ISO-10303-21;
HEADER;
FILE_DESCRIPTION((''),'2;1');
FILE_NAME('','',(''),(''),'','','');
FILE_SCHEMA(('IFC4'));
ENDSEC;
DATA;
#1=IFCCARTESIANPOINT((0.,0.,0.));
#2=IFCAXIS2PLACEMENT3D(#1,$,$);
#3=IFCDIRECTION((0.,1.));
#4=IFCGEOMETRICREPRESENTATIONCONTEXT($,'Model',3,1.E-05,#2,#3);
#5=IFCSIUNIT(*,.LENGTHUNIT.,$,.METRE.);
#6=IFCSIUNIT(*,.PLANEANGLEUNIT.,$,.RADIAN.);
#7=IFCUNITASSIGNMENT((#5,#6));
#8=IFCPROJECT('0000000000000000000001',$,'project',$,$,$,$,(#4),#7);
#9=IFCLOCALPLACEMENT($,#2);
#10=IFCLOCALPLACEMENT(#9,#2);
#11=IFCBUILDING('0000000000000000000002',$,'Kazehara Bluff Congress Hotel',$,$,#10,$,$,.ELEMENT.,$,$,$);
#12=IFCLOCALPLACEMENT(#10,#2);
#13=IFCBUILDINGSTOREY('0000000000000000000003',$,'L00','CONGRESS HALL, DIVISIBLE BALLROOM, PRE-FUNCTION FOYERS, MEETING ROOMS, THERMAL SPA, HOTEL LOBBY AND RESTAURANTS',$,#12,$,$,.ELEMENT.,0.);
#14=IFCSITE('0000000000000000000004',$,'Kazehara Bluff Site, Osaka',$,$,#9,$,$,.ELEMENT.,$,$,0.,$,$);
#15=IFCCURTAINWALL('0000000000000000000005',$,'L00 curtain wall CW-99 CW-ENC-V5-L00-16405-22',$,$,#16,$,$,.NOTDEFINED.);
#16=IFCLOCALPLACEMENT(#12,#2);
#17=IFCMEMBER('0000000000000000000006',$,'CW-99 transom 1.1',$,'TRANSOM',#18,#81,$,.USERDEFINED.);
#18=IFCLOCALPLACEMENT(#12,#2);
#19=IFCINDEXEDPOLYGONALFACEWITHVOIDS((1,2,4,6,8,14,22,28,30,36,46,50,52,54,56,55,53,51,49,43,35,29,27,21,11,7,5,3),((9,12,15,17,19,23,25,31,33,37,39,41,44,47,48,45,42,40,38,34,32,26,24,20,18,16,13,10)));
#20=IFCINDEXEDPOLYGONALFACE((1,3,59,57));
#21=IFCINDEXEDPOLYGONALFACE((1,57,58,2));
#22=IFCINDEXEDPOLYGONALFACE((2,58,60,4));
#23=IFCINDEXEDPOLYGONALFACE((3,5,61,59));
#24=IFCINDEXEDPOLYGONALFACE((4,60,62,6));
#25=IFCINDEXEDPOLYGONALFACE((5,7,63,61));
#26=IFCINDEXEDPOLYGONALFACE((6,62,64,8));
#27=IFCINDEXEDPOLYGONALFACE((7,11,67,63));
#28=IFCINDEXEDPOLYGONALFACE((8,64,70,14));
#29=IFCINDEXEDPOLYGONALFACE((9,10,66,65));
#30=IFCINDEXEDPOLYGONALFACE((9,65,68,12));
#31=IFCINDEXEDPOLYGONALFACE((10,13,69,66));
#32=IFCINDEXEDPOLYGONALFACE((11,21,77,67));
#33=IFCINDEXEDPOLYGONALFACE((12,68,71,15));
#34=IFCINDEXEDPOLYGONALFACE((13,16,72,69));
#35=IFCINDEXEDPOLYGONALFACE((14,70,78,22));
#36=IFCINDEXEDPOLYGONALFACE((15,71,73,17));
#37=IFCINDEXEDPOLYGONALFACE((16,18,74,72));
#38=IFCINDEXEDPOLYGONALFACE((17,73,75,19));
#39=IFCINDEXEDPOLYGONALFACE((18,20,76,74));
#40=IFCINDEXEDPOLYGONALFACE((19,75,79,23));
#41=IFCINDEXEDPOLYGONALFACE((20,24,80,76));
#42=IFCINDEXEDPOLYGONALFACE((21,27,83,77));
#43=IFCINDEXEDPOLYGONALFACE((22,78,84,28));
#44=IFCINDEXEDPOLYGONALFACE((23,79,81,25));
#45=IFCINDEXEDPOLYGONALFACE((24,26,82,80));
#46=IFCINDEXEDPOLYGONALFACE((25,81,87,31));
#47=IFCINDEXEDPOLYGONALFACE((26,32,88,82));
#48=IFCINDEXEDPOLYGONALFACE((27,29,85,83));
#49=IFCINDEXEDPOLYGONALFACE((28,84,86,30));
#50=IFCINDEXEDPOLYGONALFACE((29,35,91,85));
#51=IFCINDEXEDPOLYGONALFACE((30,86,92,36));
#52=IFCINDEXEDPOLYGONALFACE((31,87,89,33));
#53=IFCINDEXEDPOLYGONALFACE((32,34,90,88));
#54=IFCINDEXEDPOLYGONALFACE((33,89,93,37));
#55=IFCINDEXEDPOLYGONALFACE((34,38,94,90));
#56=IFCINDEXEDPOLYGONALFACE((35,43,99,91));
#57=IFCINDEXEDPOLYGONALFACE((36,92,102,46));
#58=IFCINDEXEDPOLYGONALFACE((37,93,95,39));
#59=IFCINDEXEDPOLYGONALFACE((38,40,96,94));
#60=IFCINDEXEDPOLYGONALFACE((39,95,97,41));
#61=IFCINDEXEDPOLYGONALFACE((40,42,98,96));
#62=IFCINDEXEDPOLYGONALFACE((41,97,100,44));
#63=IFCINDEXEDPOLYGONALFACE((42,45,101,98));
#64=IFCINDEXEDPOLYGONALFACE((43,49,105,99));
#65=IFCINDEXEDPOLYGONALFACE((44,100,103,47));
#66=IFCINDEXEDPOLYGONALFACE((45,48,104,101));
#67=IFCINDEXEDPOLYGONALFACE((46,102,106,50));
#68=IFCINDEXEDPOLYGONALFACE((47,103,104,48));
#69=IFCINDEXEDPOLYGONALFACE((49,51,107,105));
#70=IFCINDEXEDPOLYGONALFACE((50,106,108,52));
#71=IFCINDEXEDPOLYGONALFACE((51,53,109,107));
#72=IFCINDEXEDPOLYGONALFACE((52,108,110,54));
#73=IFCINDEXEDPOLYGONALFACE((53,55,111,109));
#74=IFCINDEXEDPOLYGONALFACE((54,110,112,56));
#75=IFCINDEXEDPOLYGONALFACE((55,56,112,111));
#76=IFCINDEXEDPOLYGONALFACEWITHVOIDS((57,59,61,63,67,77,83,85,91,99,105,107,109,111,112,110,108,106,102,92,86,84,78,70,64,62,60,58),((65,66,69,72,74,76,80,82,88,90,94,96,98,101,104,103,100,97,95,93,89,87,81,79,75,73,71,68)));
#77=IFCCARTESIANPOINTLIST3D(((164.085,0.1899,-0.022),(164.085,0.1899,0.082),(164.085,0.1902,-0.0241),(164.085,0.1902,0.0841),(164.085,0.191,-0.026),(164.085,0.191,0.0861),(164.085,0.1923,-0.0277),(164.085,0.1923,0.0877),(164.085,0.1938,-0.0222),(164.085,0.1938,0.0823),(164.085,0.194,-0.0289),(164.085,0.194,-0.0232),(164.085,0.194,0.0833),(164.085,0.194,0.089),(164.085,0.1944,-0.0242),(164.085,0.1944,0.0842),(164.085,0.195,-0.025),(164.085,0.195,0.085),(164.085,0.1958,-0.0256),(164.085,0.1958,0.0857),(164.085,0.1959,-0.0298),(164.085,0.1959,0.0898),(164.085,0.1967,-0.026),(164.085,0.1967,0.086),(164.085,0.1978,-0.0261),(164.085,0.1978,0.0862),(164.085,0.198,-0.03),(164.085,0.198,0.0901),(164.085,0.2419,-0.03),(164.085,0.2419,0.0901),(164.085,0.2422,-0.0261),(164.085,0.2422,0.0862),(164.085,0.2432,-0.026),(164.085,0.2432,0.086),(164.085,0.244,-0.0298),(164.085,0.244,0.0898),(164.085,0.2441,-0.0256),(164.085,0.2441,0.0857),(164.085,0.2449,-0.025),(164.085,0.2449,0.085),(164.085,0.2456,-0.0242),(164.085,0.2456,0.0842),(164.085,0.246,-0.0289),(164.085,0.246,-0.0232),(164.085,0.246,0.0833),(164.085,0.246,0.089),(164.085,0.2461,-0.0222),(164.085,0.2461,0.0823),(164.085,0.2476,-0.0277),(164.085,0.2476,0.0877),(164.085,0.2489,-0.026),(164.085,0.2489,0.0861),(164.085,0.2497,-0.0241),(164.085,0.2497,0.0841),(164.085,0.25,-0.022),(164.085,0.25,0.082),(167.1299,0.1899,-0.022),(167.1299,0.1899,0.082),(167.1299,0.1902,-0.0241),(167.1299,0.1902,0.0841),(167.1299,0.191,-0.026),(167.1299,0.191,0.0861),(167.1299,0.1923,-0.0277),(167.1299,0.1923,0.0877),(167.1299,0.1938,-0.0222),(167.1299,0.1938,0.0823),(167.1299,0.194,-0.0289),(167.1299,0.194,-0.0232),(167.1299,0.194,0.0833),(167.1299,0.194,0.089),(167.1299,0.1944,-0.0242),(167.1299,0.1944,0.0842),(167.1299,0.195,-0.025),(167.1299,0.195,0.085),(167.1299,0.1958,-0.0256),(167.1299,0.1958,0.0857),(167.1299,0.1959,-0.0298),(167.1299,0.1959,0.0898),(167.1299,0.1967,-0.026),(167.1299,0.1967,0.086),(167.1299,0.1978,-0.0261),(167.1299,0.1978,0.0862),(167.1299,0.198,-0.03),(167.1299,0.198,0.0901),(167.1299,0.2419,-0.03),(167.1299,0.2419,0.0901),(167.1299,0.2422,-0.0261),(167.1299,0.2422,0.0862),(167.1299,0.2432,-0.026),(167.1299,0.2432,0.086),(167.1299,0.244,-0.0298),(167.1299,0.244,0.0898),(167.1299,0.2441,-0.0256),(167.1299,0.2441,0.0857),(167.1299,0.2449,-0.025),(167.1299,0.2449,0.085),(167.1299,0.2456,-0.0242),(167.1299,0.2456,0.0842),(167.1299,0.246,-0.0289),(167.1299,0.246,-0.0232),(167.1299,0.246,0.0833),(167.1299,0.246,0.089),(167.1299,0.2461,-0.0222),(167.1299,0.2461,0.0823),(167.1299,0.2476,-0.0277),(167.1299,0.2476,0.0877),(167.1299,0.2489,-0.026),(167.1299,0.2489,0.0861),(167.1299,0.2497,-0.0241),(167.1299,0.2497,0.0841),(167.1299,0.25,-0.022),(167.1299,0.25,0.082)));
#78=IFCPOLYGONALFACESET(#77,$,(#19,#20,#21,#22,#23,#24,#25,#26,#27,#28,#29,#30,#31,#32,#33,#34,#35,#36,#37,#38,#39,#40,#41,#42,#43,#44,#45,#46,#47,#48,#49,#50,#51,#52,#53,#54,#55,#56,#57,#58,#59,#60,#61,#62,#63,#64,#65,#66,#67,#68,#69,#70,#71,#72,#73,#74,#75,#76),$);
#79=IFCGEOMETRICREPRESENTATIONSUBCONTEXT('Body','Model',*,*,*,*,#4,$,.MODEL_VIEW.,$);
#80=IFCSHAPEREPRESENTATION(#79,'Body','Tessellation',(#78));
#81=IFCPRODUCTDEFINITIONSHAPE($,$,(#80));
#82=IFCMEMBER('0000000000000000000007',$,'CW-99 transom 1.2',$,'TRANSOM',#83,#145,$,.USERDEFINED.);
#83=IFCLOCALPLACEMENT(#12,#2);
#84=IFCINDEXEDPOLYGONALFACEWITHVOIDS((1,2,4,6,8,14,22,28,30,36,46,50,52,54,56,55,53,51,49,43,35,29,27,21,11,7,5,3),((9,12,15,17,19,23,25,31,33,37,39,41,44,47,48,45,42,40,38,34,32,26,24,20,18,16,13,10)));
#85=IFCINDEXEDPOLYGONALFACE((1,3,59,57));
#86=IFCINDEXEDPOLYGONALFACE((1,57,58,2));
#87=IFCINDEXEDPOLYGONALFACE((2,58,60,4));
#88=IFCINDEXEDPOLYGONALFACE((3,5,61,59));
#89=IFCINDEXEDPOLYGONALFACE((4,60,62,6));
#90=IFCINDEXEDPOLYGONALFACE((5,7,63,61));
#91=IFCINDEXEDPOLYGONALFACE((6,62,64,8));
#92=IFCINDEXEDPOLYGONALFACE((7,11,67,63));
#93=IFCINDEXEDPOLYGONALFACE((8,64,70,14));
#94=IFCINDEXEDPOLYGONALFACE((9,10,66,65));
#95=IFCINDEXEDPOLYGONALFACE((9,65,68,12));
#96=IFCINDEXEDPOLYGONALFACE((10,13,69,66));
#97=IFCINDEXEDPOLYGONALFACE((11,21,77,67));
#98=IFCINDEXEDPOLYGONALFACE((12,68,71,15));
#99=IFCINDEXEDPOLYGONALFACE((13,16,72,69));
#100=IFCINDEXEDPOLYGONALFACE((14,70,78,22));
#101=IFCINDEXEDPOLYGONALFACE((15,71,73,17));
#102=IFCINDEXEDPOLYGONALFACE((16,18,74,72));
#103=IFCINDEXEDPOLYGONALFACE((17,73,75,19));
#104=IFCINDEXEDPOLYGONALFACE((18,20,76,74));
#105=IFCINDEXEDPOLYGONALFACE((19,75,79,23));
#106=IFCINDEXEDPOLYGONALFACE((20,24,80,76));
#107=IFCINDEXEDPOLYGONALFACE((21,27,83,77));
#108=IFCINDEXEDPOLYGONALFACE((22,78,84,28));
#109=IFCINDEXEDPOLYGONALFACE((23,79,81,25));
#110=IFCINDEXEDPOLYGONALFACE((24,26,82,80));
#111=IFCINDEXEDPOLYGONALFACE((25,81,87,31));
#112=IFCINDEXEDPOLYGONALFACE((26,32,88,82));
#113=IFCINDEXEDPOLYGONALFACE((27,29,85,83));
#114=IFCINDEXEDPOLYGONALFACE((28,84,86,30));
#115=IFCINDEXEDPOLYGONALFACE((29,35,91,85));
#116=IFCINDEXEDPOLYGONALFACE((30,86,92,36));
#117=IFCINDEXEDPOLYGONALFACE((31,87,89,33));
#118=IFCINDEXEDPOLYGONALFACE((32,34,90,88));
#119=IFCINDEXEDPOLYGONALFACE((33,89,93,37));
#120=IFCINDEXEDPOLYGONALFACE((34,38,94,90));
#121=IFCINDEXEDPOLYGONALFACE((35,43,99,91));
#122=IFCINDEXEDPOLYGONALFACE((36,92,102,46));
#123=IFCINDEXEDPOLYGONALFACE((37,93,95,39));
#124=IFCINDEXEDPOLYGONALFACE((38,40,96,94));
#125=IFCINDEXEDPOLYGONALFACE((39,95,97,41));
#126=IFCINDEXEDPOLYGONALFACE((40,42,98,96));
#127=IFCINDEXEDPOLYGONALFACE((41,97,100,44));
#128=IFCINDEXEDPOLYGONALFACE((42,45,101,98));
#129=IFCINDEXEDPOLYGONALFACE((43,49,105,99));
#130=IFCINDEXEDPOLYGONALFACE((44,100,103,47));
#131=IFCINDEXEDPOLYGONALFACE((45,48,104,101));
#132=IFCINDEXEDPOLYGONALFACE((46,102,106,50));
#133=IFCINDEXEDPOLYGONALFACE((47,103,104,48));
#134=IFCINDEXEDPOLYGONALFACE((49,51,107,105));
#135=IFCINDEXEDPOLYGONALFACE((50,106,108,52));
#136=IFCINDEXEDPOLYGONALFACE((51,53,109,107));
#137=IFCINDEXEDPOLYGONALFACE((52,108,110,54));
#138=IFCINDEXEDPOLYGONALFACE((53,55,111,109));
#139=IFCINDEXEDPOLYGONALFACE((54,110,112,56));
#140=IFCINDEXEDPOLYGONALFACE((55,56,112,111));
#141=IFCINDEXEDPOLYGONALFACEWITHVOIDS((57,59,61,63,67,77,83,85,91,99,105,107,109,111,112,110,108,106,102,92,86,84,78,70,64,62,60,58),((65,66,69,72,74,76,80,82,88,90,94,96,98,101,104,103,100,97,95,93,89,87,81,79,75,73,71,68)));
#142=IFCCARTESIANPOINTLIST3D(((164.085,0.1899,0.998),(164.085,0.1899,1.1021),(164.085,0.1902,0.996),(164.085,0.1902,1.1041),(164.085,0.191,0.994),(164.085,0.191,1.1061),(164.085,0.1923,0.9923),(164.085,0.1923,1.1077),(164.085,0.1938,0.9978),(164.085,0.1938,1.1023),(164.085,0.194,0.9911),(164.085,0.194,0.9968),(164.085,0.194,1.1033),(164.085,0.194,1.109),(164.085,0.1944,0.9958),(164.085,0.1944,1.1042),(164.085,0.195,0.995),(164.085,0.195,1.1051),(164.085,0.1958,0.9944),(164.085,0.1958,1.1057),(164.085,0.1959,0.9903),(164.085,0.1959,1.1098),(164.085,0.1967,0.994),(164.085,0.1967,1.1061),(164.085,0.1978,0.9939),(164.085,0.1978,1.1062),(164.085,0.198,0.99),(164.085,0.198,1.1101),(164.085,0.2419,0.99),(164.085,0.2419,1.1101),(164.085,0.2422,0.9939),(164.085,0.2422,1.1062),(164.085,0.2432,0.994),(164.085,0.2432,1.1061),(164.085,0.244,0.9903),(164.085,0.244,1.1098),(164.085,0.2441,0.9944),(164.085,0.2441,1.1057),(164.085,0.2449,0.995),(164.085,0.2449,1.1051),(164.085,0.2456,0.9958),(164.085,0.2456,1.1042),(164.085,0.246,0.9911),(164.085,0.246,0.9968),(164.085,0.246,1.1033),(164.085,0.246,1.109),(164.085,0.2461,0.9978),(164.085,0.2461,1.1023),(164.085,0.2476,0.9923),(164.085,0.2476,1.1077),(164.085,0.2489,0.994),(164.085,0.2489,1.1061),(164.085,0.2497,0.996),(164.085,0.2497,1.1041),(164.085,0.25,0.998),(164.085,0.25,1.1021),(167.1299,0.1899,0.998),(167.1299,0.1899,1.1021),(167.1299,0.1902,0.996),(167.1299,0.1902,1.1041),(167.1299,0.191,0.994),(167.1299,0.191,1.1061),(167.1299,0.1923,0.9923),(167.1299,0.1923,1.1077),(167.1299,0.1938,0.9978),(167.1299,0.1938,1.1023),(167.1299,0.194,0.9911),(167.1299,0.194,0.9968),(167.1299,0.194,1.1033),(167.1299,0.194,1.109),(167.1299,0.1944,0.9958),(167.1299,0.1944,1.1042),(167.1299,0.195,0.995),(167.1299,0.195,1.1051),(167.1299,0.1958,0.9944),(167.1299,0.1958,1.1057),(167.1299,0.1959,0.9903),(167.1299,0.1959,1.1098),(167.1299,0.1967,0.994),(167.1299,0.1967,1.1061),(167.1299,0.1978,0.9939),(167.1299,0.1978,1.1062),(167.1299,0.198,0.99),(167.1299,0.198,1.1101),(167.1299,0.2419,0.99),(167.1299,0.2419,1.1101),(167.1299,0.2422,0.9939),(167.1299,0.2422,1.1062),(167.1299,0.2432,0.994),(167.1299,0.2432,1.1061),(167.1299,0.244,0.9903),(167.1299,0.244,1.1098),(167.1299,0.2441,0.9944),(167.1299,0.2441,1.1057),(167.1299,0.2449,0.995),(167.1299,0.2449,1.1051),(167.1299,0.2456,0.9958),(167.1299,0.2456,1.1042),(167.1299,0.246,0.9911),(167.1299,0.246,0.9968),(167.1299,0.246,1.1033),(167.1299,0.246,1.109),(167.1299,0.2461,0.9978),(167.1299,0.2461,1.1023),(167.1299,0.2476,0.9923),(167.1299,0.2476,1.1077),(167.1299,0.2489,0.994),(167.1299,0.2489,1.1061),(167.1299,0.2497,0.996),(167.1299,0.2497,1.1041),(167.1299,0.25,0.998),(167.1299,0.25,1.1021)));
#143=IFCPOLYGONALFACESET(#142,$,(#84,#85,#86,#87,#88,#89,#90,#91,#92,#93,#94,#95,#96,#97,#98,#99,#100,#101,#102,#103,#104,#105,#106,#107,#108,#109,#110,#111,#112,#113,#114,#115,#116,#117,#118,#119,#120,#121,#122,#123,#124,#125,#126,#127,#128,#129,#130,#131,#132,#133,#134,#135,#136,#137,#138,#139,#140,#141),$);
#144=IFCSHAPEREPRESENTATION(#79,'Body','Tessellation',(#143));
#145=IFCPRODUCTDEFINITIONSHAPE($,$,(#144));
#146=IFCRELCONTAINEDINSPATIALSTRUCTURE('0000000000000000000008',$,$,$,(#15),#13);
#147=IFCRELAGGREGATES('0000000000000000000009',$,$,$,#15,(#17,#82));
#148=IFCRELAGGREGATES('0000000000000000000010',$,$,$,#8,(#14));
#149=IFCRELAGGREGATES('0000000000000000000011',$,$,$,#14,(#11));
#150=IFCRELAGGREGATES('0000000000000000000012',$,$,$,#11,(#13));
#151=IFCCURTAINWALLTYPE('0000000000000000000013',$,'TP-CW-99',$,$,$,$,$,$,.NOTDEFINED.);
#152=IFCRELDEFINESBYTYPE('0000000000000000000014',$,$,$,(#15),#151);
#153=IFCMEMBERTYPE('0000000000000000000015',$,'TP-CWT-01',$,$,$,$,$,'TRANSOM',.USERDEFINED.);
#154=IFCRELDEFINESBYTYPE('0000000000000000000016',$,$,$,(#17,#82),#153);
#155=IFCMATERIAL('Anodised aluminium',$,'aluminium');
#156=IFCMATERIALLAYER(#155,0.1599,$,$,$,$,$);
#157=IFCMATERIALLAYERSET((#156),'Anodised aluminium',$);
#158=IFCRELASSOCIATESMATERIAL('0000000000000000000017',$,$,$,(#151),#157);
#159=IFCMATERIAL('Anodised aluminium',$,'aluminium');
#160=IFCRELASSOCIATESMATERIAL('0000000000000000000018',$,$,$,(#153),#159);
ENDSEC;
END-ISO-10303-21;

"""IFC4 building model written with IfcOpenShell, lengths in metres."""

from ifc_helpers import new_model, si_unit, direction, frame, origin, origin_2d, place, context, subcontext, project, spatial, hollow_rectangle, extrude, material, layer, layer_set, material_profile, profile_set, type_object, element, aggregate, save


model = new_model("IFC4")

# Units and contexts
model_context = context("Model", 3, precision=1e-05, world=origin(), true_north=direction((0.0, 1.0)))
body_context = subcontext(model_context, "Body", "Model", "MODEL_VIEW")
ifc_project = project(units=[si_unit("LENGTHUNIT", "METRE"), si_unit("PLANEANGLEUNIT", "RADIAN")], contexts=[model_context])

# Site, building, storey
site_placement = place(None, origin())
site = spatial("IfcSite", under=ifc_project, at=site_placement, Name="Kazehara Bluff Site, Osaka", CompositionType="ELEMENT", RefElevation=0.0)
building_placement = place(site_placement, origin())
building = spatial("IfcBuilding", under=site, at=building_placement, Name="Kazehara Bluff Congress Hotel", CompositionType="ELEMENT")
storey_placement = place(building_placement, origin())
storey = spatial("IfcBuildingStorey", under=building, at=storey_placement, Name="L00", Description="CONGRESS HALL, DIVISIBLE BALLROOM, PRE-FUNCTION FOYERS, MEETING ROOMS, THERMAL SPA, HOTEL LOBBY AND RESTAURANTS", CompositionType="ELEMENT", Elevation=0.0)

# Curtain wall, members
ifc_material_1 = material(Name="Anodised aluminium", Category="aluminium")
ifc_layer_1 = layer(ifc_material_1, 0.1599)
ifc_layer_set_1 = layer_set([ifc_layer_1], Name="Anodised aluminium")
curtain_wall_type = type_object("IfcCurtainWallType", Name="TP-CW-99", PredefinedType="NOTDEFINED", material=ifc_layer_set_1)
curtain_wall_placement = place(storey_placement, origin())
curtain_wall = element("IfcCurtainWall", 1, at=curtain_wall_placement, inside=storey, type_object=curtain_wall_type, Name="L00 curtain wall CW-99 CW-ENC-V5-L00-16405-22", PredefinedType="NOTDEFINED")
ifc_material_2 = material(Name="Anodised aluminium", Category="aluminium")
ifc_material_profile_1 = material_profile(ifc_material_2, hollow_rectangle(XDim=0.0601, YDim=0.1201, WallThickness=0.0039, InnerFilletRadius=0.0039, OuterFilletRadius=0.0081, at=origin_2d()))
ifc_profile_set_1 = profile_set([ifc_material_profile_1], Name="Anodised aluminium")
member_type_1 = type_object("IfcMemberType", Name="TP-CWT-01", ElementType="TRANSOM", PredefinedType="USERDEFINED", material=ifc_profile_set_1)
member_1_placement = place(storey_placement, frame((167.1299, 0.22, 0.03), z_axis=(-1.0, 0.0, 0.0), x_axis=(0.0, -1.0, 0.0)))
member_1 = element("IfcMember", 2, at=member_1_placement, type_object=member_type_1, Name="CW-99 transom 1.1", ObjectType="TRANSOM", PredefinedType="USERDEFINED", context=body_context, shape_type="SweptSolid", body=[
    extrude(hollow_rectangle(XDim=0.0601, YDim=0.1201, WallThickness=0.0039, InnerFilletRadius=0.0039, OuterFilletRadius=0.0081, at=origin_2d()), origin(), (0.0, 0.0, 1.0), 3.0449),
])
member_2_placement = place(storey_placement, frame((167.1299, 0.22, 1.05), z_axis=(-1.0, 0.0, 0.0), x_axis=(0.0, -1.0, 0.0)))
member_2 = element("IfcMember", 3, at=member_2_placement, type_object=member_type_1, Name="CW-99 transom 1.2", ObjectType="TRANSOM", PredefinedType="USERDEFINED", context=body_context, shape_type="SweptSolid", body=[
    extrude(hollow_rectangle(XDim=0.0601, YDim=0.1201, WallThickness=0.0039, InnerFilletRadius=0.0039, OuterFilletRadius=0.0081, at=origin_2d()), origin(), (0.0, 0.0, 1.0), 3.0449),
])

aggregate(curtain_wall, [member_1, member_2])

save(model, "model.ifc")
